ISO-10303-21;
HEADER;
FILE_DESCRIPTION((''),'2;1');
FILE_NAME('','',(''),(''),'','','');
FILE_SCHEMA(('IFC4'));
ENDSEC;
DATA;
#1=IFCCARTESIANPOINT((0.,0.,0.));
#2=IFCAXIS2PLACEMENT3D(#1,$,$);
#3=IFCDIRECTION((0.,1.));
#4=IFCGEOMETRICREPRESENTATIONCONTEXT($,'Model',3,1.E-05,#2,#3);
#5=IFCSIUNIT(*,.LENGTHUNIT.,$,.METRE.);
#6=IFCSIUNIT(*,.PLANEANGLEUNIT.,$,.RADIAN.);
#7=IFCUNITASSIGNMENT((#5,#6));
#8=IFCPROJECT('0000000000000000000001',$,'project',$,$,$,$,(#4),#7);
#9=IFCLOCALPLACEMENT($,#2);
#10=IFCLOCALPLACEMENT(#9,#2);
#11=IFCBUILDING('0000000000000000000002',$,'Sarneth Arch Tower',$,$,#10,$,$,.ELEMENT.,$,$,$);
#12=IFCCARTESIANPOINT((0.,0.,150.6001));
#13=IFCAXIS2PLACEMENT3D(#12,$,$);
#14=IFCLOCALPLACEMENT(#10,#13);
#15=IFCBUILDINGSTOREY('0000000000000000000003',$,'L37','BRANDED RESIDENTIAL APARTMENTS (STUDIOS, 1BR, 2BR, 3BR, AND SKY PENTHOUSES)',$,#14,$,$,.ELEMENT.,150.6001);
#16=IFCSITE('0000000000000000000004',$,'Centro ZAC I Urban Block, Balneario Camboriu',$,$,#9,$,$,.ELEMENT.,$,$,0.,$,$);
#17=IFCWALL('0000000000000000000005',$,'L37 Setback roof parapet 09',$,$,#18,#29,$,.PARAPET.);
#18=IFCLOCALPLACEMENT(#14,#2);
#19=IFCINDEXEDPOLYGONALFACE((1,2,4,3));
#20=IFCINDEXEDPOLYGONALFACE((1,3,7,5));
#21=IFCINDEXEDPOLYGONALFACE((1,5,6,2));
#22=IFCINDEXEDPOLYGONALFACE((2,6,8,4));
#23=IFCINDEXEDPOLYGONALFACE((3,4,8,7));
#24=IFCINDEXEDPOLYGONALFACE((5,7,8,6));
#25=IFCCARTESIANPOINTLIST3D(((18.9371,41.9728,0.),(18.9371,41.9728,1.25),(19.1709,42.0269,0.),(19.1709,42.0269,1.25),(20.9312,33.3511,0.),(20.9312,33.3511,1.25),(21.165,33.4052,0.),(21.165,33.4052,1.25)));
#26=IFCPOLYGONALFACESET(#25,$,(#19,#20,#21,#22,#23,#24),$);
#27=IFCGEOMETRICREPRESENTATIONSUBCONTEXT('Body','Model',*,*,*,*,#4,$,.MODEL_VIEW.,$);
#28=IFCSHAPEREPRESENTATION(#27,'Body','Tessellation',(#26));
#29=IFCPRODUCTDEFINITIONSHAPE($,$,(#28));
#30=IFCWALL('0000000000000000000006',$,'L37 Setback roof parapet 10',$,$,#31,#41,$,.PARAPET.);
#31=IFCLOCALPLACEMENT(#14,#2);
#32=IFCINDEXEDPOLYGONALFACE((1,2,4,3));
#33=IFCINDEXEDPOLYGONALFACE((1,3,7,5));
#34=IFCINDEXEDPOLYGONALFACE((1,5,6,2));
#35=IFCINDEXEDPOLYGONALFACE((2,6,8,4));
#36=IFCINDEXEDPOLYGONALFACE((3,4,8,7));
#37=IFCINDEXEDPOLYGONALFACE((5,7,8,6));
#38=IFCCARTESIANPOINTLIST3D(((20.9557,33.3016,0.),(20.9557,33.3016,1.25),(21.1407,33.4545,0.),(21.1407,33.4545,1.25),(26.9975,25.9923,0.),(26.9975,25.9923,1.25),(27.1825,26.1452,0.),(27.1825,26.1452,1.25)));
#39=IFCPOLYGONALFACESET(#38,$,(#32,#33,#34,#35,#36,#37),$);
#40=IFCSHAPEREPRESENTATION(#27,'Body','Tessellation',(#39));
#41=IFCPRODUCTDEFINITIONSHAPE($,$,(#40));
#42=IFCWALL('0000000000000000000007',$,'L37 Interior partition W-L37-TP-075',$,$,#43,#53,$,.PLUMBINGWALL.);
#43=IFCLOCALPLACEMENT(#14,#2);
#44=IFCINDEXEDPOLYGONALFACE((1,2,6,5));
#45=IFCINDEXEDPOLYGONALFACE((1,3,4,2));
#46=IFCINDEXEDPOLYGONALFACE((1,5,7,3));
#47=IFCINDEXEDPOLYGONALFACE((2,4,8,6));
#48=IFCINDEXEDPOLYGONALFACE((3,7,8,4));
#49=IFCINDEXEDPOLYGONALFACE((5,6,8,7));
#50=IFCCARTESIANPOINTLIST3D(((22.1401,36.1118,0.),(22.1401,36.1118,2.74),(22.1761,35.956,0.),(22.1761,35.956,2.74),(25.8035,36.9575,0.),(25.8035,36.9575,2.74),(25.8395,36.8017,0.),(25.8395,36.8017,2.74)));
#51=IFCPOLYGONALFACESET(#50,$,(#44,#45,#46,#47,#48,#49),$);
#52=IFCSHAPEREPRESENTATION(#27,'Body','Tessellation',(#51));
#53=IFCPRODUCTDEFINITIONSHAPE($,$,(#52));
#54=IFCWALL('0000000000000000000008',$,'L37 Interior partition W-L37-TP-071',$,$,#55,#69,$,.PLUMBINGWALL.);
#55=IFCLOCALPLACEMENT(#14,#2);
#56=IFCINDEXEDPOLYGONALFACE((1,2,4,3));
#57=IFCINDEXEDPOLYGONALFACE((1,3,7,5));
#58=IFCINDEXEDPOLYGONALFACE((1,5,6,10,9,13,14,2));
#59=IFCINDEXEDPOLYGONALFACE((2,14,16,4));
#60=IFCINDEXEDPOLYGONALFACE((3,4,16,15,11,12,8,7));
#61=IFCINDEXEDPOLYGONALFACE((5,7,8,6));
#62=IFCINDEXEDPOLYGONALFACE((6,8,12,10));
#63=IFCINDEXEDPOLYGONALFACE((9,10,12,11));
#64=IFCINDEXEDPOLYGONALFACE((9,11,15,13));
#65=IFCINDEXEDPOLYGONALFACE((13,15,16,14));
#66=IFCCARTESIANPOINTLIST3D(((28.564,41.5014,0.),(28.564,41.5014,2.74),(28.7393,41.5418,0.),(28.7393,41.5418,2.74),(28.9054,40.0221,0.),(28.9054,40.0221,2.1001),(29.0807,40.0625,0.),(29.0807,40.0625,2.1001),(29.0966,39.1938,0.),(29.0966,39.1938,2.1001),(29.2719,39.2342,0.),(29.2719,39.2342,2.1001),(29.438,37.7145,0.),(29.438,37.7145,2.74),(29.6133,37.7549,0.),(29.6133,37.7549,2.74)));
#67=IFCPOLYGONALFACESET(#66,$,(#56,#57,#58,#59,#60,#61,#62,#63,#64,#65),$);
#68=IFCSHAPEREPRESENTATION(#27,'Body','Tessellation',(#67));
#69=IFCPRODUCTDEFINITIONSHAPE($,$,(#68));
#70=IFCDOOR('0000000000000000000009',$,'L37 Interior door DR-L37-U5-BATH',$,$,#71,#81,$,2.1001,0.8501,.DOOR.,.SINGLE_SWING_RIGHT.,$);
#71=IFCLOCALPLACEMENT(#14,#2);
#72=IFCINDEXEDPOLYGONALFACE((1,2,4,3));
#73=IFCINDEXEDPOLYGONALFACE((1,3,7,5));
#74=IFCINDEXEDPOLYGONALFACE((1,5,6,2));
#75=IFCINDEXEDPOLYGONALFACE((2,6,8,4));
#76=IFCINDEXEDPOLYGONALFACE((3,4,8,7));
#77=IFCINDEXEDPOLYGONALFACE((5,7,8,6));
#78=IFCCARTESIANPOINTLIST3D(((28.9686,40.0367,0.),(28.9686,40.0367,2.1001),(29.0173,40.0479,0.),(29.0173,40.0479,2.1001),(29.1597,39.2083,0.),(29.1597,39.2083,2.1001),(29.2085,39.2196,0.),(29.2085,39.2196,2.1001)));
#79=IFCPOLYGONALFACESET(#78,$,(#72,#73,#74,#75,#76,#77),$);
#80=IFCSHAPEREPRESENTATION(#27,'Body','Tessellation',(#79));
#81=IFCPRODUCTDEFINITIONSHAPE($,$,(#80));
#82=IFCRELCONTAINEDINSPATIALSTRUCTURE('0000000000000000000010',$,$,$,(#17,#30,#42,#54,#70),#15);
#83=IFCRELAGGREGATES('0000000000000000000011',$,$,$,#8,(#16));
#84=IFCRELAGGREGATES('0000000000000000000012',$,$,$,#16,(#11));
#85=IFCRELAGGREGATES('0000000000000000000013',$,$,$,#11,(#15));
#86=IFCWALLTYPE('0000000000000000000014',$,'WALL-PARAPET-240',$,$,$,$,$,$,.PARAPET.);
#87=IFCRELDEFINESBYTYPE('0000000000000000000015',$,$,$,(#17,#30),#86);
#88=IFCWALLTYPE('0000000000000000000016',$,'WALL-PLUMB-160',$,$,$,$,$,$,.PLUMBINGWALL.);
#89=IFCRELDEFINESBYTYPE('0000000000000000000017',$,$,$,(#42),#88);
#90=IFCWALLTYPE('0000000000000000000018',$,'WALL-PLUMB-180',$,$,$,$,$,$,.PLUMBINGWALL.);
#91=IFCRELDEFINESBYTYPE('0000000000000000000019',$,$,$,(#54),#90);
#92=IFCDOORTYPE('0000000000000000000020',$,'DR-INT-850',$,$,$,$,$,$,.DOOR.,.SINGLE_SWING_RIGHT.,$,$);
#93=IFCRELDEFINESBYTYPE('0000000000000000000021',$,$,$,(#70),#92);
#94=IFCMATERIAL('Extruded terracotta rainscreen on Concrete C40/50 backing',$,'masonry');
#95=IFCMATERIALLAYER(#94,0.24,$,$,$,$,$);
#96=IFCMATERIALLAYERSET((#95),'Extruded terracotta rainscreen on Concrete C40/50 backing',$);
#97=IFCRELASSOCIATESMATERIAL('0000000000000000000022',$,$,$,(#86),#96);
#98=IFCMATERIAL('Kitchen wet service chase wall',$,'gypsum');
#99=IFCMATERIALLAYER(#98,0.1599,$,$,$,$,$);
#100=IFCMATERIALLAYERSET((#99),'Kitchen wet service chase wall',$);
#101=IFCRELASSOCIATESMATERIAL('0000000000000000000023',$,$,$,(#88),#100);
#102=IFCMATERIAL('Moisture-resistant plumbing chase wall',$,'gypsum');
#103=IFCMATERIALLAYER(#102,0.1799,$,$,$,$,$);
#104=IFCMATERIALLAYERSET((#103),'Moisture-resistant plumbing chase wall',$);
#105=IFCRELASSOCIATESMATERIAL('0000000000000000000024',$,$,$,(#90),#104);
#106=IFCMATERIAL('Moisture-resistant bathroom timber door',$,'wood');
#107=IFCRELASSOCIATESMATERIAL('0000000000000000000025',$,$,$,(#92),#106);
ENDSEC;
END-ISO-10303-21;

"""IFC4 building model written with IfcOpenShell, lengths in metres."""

from ifc_helpers import new_model, si_unit, direction, frame, frame_2d, origin, place, context, subcontext, project, spatial, rectangle, extrude, material, layer, layer_set, type_object, element, fill, save


model = new_model("IFC4")

# Units and contexts
model_context = context("Model", 3, precision=1e-05, world=origin(), true_north=direction((0.0, 1.0)))
body_context = subcontext(model_context, "Body", "Model", "MODEL_VIEW")
ifc_project = project(units=[si_unit("LENGTHUNIT", "METRE"), si_unit("PLANEANGLEUNIT", "RADIAN")], contexts=[model_context])

# Site, building, storey
site_placement = place(None, origin())
site = spatial("IfcSite", under=ifc_project, at=site_placement, Name="Centro ZAC I Urban Block, Balneario Camboriu", CompositionType="ELEMENT", RefElevation=0.0)
building_placement = place(site_placement, origin())
building = spatial("IfcBuilding", under=site, at=building_placement, Name="Sarneth Arch Tower", CompositionType="ELEMENT")
storey_placement = place(building_placement, frame((0.0, 0.0, 150.6001)))
storey = spatial("IfcBuildingStorey", under=building, at=storey_placement, Name="L37", Description="BRANDED RESIDENTIAL APARTMENTS (STUDIOS, 1BR, 2BR, 3BR, AND SKY PENTHOUSES)", CompositionType="ELEMENT", Elevation=150.6001)

# Walls
ifc_material_1 = material(Name="Extruded terracotta rainscreen on Concrete C40/50 backing", Category="masonry")
ifc_layer_1 = layer(ifc_material_1, 0.24)
ifc_layer_set_1 = layer_set([ifc_layer_1], Name="Extruded terracotta rainscreen on Concrete C40/50 backing")
wall_type_1 = type_object("IfcWallType", Name="WALL-PARAPET-240", PredefinedType="PARAPET", material=ifc_layer_set_1)
wall_1_placement = place(storey_placement, frame((19.054, 42.0, 0.0), z_axis=(0.0, 0.0, 1.0), x_axis=(0.225341, -0.97428, 0.0)))
element("IfcWall", 1, at=wall_1_placement, inside=storey, type_object=wall_type_1, Name="L37 Setback roof parapet 09", PredefinedType="PARAPET", context=body_context, shape_type="SweptSolid", body=[
    extrude(rectangle(XDim=8.8494, YDim=0.24, at=frame_2d((4.4248, 0.0))), origin(), (0.0, 0.0, 1.0), 1.25),
])
wall_2_placement = place(storey_placement, frame((21.0481, 33.3782, 0.0), z_axis=(0.0, 0.0, 1.0), x_axis=(0.637108, -0.770775, 0.0)))
element("IfcWall", 2, at=wall_2_placement, inside=storey, type_object=wall_type_1, Name="L37 Setback roof parapet 10", PredefinedType="PARAPET", context=body_context, shape_type="SweptSolid", body=[
    extrude(rectangle(XDim=9.4832, YDim=0.24, at=frame_2d((4.7417, 0.0))), origin(), (0.0, 0.0, 1.0), 1.25),
])
ifc_material_2 = material(Name="Kitchen wet service chase wall", Category="gypsum")
ifc_layer_2 = layer(ifc_material_2, 0.1599)
ifc_layer_set_2 = layer_set([ifc_layer_2], Name="Kitchen wet service chase wall")
wall_type_2 = type_object("IfcWallType", Name="WALL-PLUMB-160", PredefinedType="PLUMBINGWALL", material=ifc_layer_set_2)
wall_3_placement = place(storey_placement, frame((25.8215, 36.8796, 0.0), z_axis=(0.0, 0.0, 1.0), x_axis=(-0.974373, -0.22494, 0.0)))
element("IfcWall", 3, at=wall_3_placement, inside=storey, type_object=wall_type_2, Name="L37 Interior partition W-L37-TP-075", PredefinedType="PLUMBINGWALL", context=body_context, shape_type="SweptSolid", body=[
    extrude(rectangle(XDim=3.7598, YDim=0.1599, at=frame_2d((1.8799, 0.0))), origin(), (0.0, 0.0, 1.0), 2.74),
])

# Wall, opening, door
ifc_material_3 = material(Name="Moisture-resistant plumbing chase wall", Category="gypsum")
ifc_layer_3 = layer(ifc_material_3, 0.1799)
ifc_layer_set_3 = layer_set([ifc_layer_3], Name="Moisture-resistant plumbing chase wall")
wall_type_3 = type_object("IfcWallType", Name="WALL-PLUMB-180", PredefinedType="PLUMBINGWALL", material=ifc_layer_set_3)
wall_4_placement = place(storey_placement, frame((28.6516, 41.5217, 0.0), z_axis=(0.0, 0.0, 1.0), x_axis=(0.224892, -0.974384, 0.0)))
wall_4 = element("IfcWall", 4, at=wall_4_placement, inside=storey, type_object=wall_type_3, Name="L37 Interior partition W-L37-TP-071", PredefinedType="PLUMBINGWALL", context=body_context, shape_type="SweptSolid", body=[
    extrude(rectangle(XDim=3.8865, YDim=0.1799, at=frame_2d((1.9434, 0.0))), origin(), (0.0, 0.0, 1.0), 2.74),
])
opening_1_placement = place(wall_4_placement, frame((1.5183, 0.0, 0.0)))
opening_1 = element("IfcOpeningElement", 5, at=opening_1_placement, cuts=wall_4, PredefinedType="OPENING", context=body_context, shape_type="SweptSolid", body=[
    extrude(rectangle(XDim=0.8501, YDim=2.1001, at=frame_2d((0.425, 1.05))), frame((0.0, 0.0999, 0.0), z_axis=(0.0, -1.0, 0.0), x_axis=(1.0, 0.0, 0.0)), (0.0, 0.0, 1.0), 0.2),
])
ifc_material_4 = material(Name="Moisture-resistant bathroom timber door", Category="wood")
door_type_1 = type_object("IfcDoorType", Name="DR-INT-850", OperationType="SINGLE_SWING_RIGHT", PredefinedType="DOOR", material=ifc_material_4)
door_1_placement = place(opening_1_placement, origin())
door_1 = element("IfcDoor", 6, at=door_1_placement, inside=storey, type_object=door_type_1, Name="L37 Interior door DR-L37-U5-BATH", OperationType="SINGLE_SWING_RIGHT", OverallHeight=2.1001, OverallWidth=0.8501, PredefinedType="DOOR", context=body_context, shape_type="SweptSolid", body=[
    extrude(rectangle(XDim=0.8501, YDim=2.1001, at=frame_2d((0.425, 1.05))), frame((0.0, 0.0249, 0.0), z_axis=(0.0, -1.0, 0.0), x_axis=(1.0, 0.0, 0.0)), (0.0, 0.0, 1.0), 0.05),
])
fill(opening_1, door_1)

save(model, "model.ifc")
